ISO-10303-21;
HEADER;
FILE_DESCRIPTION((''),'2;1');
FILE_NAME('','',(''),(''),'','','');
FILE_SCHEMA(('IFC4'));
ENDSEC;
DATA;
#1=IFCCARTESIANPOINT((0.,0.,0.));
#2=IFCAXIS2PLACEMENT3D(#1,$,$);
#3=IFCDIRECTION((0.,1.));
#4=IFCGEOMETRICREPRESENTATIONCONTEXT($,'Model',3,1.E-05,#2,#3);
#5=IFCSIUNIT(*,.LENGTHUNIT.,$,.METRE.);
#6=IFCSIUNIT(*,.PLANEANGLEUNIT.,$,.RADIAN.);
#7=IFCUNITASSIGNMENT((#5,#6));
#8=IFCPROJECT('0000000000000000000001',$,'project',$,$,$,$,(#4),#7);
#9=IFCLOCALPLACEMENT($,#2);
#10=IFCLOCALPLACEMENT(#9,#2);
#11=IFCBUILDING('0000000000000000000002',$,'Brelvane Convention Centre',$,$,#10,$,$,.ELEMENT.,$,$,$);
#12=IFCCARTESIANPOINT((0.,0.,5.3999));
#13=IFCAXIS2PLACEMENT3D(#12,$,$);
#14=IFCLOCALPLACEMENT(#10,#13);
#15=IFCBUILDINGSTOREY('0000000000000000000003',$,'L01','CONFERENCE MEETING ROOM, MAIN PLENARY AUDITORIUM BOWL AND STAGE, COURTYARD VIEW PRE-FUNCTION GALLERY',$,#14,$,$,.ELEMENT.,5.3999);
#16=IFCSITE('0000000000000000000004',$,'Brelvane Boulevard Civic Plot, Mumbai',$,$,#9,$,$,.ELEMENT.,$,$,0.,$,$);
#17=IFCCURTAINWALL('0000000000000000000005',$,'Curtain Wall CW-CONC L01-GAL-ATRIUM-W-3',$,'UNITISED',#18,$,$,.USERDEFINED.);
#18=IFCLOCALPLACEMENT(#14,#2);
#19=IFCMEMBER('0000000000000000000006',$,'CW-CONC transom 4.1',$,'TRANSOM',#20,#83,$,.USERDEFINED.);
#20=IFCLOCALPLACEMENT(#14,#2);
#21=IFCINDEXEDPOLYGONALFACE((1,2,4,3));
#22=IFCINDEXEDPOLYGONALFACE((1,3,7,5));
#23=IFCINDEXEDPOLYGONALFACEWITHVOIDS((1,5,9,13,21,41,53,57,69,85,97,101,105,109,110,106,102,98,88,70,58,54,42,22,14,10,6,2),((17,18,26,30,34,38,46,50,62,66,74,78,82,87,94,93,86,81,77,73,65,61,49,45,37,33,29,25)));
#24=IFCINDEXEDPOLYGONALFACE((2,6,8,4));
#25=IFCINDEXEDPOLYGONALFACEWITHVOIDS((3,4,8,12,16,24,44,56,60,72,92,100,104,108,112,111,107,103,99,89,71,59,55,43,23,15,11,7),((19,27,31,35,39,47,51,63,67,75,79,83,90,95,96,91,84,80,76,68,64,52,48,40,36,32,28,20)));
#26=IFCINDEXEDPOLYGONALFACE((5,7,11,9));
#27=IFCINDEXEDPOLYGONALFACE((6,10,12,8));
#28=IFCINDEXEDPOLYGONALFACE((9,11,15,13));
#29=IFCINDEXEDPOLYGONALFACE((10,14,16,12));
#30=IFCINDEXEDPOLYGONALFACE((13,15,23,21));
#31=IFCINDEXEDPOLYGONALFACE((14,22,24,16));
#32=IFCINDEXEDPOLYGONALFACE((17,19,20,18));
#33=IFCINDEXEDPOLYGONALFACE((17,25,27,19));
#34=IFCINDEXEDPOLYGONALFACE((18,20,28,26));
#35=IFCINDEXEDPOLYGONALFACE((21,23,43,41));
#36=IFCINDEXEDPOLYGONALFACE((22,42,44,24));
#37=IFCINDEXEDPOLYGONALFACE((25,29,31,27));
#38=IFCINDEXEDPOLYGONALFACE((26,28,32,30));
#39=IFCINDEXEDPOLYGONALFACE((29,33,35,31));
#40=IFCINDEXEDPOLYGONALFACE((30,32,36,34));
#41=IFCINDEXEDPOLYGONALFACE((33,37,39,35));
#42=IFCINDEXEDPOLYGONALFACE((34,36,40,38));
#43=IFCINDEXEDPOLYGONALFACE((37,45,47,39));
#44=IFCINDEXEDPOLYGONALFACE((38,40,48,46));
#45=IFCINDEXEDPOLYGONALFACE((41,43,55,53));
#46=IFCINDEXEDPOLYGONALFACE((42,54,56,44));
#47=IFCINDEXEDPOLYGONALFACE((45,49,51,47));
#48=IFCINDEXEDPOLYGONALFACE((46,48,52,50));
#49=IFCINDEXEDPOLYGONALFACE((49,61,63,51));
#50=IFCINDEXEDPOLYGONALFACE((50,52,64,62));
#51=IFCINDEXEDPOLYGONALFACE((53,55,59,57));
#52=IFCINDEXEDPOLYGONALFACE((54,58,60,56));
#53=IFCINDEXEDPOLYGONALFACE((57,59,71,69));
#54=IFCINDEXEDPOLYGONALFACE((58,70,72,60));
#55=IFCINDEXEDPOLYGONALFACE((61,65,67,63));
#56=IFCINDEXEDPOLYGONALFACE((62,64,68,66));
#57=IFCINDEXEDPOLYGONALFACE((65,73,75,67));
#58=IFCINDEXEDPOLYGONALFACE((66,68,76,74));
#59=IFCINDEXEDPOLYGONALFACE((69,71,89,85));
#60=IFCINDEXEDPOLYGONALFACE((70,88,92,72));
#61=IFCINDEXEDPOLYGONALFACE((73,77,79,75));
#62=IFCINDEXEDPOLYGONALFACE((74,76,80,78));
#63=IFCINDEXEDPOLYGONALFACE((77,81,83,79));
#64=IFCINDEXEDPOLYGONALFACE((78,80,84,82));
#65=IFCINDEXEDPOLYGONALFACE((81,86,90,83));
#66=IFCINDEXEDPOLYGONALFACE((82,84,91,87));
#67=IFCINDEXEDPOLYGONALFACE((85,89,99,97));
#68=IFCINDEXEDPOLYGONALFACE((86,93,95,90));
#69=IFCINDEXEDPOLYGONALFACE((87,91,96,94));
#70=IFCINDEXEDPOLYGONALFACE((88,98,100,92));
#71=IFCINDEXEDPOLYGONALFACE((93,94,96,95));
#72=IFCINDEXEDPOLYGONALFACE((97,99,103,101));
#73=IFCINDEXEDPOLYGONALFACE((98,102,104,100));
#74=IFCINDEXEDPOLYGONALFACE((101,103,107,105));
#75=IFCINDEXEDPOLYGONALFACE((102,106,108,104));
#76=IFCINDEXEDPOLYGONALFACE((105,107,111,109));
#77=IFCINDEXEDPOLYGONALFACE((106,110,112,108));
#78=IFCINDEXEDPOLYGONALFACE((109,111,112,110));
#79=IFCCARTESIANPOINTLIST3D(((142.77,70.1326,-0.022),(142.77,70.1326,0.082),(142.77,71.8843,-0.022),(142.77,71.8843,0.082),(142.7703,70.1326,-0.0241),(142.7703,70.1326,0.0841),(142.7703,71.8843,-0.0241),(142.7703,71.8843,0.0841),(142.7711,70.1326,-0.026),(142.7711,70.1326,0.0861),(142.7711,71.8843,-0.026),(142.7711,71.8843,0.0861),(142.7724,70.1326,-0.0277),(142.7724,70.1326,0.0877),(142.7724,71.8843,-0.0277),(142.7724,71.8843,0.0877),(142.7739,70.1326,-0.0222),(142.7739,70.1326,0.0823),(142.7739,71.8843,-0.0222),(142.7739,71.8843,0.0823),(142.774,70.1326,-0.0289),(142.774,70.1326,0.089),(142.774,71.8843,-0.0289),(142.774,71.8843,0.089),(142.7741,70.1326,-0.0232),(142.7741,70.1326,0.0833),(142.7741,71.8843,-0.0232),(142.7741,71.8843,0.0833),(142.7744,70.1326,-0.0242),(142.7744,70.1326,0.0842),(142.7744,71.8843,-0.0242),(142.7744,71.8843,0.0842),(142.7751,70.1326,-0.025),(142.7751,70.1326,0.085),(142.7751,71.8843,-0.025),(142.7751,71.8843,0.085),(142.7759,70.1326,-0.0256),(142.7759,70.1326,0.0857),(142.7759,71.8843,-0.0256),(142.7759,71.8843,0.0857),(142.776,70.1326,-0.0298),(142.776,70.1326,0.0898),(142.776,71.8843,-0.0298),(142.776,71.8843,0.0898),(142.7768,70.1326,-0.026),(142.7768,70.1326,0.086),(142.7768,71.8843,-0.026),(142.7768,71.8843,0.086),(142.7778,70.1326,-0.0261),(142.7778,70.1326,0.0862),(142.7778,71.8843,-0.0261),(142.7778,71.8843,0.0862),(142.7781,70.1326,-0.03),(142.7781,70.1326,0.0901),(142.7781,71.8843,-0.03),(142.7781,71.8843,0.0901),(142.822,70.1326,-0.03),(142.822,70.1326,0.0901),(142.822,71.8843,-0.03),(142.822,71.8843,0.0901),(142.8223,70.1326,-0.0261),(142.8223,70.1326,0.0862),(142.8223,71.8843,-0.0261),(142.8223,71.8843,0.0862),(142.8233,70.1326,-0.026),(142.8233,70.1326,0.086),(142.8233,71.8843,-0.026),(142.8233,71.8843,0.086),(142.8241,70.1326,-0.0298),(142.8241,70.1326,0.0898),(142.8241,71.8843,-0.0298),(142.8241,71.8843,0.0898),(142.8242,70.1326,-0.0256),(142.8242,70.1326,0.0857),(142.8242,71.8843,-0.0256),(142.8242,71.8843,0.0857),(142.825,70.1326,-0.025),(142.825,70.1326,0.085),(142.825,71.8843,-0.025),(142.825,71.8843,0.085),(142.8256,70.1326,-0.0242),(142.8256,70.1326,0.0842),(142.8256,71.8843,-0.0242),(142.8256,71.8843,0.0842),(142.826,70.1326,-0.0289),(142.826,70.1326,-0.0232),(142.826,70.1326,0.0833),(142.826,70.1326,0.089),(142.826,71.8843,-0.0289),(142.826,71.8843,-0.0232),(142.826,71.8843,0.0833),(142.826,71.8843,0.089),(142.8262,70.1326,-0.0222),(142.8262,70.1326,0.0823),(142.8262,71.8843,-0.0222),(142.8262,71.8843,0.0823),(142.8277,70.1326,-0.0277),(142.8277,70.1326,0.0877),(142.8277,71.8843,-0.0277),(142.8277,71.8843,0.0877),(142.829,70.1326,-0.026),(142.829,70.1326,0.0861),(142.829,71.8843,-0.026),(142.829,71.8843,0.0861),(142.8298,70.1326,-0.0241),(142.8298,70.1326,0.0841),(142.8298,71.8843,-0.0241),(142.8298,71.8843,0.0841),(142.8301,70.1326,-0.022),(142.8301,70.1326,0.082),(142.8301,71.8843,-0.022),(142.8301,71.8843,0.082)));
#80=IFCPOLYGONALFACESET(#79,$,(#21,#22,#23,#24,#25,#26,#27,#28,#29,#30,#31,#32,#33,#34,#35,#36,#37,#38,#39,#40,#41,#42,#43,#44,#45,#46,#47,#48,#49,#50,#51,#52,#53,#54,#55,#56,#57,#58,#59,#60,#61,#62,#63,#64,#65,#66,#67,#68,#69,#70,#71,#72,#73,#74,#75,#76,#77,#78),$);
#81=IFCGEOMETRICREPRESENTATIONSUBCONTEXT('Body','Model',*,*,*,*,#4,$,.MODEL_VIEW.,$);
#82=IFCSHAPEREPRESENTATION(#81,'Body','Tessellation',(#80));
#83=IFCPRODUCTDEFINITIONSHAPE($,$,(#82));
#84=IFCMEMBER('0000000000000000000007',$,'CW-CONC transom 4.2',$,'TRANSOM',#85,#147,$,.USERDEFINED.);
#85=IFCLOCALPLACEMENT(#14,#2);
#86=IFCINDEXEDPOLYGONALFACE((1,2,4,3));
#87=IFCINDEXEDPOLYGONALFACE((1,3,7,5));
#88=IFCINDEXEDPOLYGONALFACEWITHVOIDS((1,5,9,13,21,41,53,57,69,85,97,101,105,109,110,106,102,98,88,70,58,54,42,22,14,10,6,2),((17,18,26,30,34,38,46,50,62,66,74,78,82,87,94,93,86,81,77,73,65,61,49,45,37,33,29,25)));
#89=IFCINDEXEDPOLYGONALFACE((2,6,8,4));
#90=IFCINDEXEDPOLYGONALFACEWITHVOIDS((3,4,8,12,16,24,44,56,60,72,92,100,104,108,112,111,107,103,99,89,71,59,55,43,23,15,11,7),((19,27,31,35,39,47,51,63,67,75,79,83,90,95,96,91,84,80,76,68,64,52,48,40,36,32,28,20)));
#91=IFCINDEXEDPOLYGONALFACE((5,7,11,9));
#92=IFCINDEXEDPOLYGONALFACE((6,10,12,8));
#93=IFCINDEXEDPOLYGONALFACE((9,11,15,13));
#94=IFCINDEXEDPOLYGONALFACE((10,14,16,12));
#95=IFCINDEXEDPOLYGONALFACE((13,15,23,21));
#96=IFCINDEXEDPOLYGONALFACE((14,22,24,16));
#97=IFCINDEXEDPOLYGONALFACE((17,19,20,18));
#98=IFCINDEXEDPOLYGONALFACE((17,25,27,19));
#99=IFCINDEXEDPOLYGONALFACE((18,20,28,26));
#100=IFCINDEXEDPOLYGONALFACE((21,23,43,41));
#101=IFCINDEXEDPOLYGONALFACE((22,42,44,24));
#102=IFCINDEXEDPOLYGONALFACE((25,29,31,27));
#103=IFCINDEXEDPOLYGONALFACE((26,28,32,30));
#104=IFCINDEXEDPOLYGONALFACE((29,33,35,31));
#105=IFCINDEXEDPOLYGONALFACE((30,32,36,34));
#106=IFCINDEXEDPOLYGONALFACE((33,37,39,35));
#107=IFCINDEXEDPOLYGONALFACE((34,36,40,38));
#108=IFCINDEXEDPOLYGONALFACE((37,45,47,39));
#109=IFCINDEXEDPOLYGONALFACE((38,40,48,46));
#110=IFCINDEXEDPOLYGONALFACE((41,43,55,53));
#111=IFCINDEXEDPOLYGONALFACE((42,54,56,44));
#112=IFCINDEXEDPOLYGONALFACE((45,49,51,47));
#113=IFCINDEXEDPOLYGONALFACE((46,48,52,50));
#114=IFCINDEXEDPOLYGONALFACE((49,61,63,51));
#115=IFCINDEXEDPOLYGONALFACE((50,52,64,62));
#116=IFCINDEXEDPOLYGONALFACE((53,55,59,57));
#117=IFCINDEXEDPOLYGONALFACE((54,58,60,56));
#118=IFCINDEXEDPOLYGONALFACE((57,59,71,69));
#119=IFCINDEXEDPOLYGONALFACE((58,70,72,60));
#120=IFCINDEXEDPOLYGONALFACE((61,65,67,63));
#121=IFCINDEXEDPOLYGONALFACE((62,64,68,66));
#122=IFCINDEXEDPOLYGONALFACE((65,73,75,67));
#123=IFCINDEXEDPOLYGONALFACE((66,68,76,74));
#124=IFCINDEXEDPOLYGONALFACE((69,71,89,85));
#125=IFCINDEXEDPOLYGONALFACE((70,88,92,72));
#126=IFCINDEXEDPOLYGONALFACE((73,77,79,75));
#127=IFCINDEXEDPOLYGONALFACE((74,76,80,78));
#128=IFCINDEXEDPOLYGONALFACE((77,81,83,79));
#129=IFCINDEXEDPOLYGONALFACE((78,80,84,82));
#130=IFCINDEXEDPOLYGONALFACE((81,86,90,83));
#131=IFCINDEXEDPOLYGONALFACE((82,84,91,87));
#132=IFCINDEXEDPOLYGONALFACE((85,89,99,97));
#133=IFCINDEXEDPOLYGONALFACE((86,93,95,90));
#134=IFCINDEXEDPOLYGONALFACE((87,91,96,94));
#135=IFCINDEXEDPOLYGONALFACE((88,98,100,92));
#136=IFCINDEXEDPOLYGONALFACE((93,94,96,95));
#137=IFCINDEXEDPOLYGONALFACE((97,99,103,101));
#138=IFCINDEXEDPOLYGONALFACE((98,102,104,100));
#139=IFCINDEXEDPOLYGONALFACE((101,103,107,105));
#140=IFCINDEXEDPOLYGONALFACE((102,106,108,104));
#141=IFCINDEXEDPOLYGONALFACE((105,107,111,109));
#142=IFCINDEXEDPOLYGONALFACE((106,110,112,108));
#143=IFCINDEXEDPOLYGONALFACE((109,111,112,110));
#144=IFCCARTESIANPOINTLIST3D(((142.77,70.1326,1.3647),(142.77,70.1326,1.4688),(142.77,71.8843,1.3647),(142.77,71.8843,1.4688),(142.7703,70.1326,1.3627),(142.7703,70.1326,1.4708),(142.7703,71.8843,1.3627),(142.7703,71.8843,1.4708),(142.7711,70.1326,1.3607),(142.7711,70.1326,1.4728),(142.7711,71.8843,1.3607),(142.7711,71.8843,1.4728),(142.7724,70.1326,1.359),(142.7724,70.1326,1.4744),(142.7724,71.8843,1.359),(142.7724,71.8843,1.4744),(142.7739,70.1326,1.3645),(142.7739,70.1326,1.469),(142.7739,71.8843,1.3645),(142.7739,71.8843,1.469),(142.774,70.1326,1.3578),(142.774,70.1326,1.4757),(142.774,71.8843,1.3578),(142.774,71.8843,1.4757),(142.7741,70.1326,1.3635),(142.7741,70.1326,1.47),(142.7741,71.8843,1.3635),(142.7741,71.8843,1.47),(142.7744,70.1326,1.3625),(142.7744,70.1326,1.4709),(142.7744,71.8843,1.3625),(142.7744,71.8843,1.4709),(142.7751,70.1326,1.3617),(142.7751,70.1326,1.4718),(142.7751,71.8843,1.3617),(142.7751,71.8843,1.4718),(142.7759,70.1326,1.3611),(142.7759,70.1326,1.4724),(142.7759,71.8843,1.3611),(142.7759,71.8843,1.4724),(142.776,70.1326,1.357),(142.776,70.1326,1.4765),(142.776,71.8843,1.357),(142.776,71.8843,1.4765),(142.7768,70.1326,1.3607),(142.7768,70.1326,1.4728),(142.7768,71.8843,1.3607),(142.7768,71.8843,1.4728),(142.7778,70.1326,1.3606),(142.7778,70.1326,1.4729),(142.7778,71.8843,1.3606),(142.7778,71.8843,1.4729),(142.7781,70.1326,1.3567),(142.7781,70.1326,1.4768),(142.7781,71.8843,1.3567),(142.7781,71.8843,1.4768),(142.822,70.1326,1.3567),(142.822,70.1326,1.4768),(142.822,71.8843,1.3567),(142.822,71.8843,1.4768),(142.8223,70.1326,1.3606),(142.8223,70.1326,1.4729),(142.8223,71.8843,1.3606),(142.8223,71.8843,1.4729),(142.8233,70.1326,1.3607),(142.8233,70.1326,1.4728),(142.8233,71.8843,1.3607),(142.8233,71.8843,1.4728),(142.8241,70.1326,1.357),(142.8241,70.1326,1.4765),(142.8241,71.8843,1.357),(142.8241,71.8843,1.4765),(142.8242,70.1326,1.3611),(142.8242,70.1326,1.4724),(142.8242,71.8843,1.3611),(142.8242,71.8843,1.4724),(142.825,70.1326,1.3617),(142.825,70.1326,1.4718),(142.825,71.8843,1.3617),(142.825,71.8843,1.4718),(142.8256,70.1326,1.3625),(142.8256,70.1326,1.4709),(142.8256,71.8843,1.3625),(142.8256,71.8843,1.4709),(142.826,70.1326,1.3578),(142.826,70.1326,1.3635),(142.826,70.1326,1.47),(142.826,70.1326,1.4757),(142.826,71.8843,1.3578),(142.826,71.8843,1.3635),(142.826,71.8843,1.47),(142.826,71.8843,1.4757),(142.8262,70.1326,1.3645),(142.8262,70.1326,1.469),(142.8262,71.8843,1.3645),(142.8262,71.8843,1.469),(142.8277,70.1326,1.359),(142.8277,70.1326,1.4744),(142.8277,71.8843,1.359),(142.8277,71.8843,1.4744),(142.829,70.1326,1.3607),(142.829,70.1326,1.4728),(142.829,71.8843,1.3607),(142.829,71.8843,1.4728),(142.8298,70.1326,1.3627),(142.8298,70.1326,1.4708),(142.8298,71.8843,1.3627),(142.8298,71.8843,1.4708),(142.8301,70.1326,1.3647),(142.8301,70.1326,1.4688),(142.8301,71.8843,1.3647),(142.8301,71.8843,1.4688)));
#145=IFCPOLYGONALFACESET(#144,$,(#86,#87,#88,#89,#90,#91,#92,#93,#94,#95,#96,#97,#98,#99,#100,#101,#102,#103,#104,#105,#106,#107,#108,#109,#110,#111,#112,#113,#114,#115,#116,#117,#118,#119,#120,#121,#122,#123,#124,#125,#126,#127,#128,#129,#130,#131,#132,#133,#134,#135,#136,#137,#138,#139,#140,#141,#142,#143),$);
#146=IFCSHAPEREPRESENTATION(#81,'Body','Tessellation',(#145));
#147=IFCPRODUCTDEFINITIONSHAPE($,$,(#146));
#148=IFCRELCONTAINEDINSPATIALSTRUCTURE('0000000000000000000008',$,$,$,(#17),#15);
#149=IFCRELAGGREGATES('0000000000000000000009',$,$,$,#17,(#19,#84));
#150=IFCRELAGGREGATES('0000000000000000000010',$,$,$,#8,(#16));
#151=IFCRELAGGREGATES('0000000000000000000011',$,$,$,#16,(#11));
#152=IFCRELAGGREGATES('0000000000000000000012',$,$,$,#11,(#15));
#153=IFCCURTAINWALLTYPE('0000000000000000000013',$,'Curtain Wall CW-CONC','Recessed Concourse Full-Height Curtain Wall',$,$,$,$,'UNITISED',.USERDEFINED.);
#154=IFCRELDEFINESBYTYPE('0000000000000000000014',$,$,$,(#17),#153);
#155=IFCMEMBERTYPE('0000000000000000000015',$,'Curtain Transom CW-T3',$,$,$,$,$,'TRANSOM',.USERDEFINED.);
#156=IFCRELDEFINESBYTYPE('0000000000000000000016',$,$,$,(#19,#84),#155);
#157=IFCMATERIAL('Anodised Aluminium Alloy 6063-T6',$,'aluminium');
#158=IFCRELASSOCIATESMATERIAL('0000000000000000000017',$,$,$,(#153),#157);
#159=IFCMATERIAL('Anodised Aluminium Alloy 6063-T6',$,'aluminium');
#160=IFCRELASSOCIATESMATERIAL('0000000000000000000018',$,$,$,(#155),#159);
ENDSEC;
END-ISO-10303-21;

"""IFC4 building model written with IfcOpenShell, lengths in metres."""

from ifc_helpers import new_model, si_unit, direction, frame, origin, origin_2d, place, context, subcontext, project, spatial, hollow_rectangle, extrude, material, material_profile, profile_set, type_object, element, aggregate, save


model = new_model("IFC4")

# Units and contexts
model_context = context("Model", 3, precision=1e-05, world=origin(), true_north=direction((0.0, 1.0)))
body_context = subcontext(model_context, "Body", "Model", "MODEL_VIEW")
ifc_project = project(units=[si_unit("LENGTHUNIT", "METRE"), si_unit("PLANEANGLEUNIT", "RADIAN")], contexts=[model_context])

# Site, building, storey
site_placement = place(None, origin())
site = spatial("IfcSite", under=ifc_project, at=site_placement, Name="Brelvane Boulevard Civic Plot, Mumbai", CompositionType="ELEMENT", RefElevation=0.0)
building_placement = place(site_placement, origin())
building = spatial("IfcBuilding", under=site, at=building_placement, Name="Brelvane Convention Centre", CompositionType="ELEMENT")
storey_placement = place(building_placement, frame((0.0, 0.0, 5.3999)))
storey = spatial("IfcBuildingStorey", under=building, at=storey_placement, Name="L01", Description="CONFERENCE MEETING ROOM, MAIN PLENARY AUDITORIUM BOWL AND STAGE, COURTYARD VIEW PRE-FUNCTION GALLERY", CompositionType="ELEMENT", Elevation=5.3999)

# Curtain wall, members
ifc_material_1 = material(Name="Anodised Aluminium Alloy 6063-T6", Category="aluminium")
curtain_wall_type = type_object("IfcCurtainWallType", Name="Curtain Wall CW-CONC", Description="Recessed Concourse Full-Height Curtain Wall", ElementType="UNITISED", PredefinedType="USERDEFINED", material=ifc_material_1)
curtain_wall_placement = place(storey_placement, origin())
curtain_wall = element("IfcCurtainWall", 1, at=curtain_wall_placement, inside=storey, type_object=curtain_wall_type, Name="Curtain Wall CW-CONC L01-GAL-ATRIUM-W-3", ObjectType="UNITISED", PredefinedType="USERDEFINED")
ifc_material_2 = material(Name="Anodised Aluminium Alloy 6063-T6", Category="aluminium")
ifc_material_profile_1 = material_profile(ifc_material_2, hollow_rectangle(XDim=0.0601, YDim=0.1201, WallThickness=0.0039, InnerFilletRadius=0.0039, OuterFilletRadius=0.0081, at=origin_2d()), Name="ALU-T 120x60x4.0")
ifc_profile_set_1 = profile_set([ifc_material_profile_1], Name="Anodised Aluminium Alloy 6063-T6")
member_type_1 = type_object("IfcMemberType", Name="Curtain Transom CW-T3", ElementType="TRANSOM", PredefinedType="USERDEFINED", material=ifc_profile_set_1)
member_1_placement = place(storey_placement, frame((142.8, 70.1326, 0.03), z_axis=(0.0, 1.0, 0.0), x_axis=(-1.0, 0.0, 0.0)))
member_1 = element("IfcMember", 2, at=member_1_placement, type_object=member_type_1, Name="CW-CONC transom 4.1", ObjectType="TRANSOM", PredefinedType="USERDEFINED", context=body_context, shape_type="SweptSolid", body=[
    extrude(hollow_rectangle(XDim=0.0601, YDim=0.1201, WallThickness=0.0039, InnerFilletRadius=0.0039, OuterFilletRadius=0.0081, at=origin_2d()), origin(), (0.0, 0.0, 1.0), 1.7517),
])
member_2_placement = place(storey_placement, frame((142.8, 70.1326, 1.4167), z_axis=(0.0, 1.0, 0.0), x_axis=(-1.0, 0.0, 0.0)))
member_2 = element("IfcMember", 3, at=member_2_placement, type_object=member_type_1, Name="CW-CONC transom 4.2", ObjectType="TRANSOM", PredefinedType="USERDEFINED", context=body_context, shape_type="SweptSolid", body=[
    extrude(hollow_rectangle(XDim=0.0601, YDim=0.1201, WallThickness=0.0039, InnerFilletRadius=0.0039, OuterFilletRadius=0.0081, at=origin_2d()), origin(), (0.0, 0.0, 1.0), 1.7517),
])

aggregate(curtain_wall, [member_1, member_2])

save(model, "model.ifc")
